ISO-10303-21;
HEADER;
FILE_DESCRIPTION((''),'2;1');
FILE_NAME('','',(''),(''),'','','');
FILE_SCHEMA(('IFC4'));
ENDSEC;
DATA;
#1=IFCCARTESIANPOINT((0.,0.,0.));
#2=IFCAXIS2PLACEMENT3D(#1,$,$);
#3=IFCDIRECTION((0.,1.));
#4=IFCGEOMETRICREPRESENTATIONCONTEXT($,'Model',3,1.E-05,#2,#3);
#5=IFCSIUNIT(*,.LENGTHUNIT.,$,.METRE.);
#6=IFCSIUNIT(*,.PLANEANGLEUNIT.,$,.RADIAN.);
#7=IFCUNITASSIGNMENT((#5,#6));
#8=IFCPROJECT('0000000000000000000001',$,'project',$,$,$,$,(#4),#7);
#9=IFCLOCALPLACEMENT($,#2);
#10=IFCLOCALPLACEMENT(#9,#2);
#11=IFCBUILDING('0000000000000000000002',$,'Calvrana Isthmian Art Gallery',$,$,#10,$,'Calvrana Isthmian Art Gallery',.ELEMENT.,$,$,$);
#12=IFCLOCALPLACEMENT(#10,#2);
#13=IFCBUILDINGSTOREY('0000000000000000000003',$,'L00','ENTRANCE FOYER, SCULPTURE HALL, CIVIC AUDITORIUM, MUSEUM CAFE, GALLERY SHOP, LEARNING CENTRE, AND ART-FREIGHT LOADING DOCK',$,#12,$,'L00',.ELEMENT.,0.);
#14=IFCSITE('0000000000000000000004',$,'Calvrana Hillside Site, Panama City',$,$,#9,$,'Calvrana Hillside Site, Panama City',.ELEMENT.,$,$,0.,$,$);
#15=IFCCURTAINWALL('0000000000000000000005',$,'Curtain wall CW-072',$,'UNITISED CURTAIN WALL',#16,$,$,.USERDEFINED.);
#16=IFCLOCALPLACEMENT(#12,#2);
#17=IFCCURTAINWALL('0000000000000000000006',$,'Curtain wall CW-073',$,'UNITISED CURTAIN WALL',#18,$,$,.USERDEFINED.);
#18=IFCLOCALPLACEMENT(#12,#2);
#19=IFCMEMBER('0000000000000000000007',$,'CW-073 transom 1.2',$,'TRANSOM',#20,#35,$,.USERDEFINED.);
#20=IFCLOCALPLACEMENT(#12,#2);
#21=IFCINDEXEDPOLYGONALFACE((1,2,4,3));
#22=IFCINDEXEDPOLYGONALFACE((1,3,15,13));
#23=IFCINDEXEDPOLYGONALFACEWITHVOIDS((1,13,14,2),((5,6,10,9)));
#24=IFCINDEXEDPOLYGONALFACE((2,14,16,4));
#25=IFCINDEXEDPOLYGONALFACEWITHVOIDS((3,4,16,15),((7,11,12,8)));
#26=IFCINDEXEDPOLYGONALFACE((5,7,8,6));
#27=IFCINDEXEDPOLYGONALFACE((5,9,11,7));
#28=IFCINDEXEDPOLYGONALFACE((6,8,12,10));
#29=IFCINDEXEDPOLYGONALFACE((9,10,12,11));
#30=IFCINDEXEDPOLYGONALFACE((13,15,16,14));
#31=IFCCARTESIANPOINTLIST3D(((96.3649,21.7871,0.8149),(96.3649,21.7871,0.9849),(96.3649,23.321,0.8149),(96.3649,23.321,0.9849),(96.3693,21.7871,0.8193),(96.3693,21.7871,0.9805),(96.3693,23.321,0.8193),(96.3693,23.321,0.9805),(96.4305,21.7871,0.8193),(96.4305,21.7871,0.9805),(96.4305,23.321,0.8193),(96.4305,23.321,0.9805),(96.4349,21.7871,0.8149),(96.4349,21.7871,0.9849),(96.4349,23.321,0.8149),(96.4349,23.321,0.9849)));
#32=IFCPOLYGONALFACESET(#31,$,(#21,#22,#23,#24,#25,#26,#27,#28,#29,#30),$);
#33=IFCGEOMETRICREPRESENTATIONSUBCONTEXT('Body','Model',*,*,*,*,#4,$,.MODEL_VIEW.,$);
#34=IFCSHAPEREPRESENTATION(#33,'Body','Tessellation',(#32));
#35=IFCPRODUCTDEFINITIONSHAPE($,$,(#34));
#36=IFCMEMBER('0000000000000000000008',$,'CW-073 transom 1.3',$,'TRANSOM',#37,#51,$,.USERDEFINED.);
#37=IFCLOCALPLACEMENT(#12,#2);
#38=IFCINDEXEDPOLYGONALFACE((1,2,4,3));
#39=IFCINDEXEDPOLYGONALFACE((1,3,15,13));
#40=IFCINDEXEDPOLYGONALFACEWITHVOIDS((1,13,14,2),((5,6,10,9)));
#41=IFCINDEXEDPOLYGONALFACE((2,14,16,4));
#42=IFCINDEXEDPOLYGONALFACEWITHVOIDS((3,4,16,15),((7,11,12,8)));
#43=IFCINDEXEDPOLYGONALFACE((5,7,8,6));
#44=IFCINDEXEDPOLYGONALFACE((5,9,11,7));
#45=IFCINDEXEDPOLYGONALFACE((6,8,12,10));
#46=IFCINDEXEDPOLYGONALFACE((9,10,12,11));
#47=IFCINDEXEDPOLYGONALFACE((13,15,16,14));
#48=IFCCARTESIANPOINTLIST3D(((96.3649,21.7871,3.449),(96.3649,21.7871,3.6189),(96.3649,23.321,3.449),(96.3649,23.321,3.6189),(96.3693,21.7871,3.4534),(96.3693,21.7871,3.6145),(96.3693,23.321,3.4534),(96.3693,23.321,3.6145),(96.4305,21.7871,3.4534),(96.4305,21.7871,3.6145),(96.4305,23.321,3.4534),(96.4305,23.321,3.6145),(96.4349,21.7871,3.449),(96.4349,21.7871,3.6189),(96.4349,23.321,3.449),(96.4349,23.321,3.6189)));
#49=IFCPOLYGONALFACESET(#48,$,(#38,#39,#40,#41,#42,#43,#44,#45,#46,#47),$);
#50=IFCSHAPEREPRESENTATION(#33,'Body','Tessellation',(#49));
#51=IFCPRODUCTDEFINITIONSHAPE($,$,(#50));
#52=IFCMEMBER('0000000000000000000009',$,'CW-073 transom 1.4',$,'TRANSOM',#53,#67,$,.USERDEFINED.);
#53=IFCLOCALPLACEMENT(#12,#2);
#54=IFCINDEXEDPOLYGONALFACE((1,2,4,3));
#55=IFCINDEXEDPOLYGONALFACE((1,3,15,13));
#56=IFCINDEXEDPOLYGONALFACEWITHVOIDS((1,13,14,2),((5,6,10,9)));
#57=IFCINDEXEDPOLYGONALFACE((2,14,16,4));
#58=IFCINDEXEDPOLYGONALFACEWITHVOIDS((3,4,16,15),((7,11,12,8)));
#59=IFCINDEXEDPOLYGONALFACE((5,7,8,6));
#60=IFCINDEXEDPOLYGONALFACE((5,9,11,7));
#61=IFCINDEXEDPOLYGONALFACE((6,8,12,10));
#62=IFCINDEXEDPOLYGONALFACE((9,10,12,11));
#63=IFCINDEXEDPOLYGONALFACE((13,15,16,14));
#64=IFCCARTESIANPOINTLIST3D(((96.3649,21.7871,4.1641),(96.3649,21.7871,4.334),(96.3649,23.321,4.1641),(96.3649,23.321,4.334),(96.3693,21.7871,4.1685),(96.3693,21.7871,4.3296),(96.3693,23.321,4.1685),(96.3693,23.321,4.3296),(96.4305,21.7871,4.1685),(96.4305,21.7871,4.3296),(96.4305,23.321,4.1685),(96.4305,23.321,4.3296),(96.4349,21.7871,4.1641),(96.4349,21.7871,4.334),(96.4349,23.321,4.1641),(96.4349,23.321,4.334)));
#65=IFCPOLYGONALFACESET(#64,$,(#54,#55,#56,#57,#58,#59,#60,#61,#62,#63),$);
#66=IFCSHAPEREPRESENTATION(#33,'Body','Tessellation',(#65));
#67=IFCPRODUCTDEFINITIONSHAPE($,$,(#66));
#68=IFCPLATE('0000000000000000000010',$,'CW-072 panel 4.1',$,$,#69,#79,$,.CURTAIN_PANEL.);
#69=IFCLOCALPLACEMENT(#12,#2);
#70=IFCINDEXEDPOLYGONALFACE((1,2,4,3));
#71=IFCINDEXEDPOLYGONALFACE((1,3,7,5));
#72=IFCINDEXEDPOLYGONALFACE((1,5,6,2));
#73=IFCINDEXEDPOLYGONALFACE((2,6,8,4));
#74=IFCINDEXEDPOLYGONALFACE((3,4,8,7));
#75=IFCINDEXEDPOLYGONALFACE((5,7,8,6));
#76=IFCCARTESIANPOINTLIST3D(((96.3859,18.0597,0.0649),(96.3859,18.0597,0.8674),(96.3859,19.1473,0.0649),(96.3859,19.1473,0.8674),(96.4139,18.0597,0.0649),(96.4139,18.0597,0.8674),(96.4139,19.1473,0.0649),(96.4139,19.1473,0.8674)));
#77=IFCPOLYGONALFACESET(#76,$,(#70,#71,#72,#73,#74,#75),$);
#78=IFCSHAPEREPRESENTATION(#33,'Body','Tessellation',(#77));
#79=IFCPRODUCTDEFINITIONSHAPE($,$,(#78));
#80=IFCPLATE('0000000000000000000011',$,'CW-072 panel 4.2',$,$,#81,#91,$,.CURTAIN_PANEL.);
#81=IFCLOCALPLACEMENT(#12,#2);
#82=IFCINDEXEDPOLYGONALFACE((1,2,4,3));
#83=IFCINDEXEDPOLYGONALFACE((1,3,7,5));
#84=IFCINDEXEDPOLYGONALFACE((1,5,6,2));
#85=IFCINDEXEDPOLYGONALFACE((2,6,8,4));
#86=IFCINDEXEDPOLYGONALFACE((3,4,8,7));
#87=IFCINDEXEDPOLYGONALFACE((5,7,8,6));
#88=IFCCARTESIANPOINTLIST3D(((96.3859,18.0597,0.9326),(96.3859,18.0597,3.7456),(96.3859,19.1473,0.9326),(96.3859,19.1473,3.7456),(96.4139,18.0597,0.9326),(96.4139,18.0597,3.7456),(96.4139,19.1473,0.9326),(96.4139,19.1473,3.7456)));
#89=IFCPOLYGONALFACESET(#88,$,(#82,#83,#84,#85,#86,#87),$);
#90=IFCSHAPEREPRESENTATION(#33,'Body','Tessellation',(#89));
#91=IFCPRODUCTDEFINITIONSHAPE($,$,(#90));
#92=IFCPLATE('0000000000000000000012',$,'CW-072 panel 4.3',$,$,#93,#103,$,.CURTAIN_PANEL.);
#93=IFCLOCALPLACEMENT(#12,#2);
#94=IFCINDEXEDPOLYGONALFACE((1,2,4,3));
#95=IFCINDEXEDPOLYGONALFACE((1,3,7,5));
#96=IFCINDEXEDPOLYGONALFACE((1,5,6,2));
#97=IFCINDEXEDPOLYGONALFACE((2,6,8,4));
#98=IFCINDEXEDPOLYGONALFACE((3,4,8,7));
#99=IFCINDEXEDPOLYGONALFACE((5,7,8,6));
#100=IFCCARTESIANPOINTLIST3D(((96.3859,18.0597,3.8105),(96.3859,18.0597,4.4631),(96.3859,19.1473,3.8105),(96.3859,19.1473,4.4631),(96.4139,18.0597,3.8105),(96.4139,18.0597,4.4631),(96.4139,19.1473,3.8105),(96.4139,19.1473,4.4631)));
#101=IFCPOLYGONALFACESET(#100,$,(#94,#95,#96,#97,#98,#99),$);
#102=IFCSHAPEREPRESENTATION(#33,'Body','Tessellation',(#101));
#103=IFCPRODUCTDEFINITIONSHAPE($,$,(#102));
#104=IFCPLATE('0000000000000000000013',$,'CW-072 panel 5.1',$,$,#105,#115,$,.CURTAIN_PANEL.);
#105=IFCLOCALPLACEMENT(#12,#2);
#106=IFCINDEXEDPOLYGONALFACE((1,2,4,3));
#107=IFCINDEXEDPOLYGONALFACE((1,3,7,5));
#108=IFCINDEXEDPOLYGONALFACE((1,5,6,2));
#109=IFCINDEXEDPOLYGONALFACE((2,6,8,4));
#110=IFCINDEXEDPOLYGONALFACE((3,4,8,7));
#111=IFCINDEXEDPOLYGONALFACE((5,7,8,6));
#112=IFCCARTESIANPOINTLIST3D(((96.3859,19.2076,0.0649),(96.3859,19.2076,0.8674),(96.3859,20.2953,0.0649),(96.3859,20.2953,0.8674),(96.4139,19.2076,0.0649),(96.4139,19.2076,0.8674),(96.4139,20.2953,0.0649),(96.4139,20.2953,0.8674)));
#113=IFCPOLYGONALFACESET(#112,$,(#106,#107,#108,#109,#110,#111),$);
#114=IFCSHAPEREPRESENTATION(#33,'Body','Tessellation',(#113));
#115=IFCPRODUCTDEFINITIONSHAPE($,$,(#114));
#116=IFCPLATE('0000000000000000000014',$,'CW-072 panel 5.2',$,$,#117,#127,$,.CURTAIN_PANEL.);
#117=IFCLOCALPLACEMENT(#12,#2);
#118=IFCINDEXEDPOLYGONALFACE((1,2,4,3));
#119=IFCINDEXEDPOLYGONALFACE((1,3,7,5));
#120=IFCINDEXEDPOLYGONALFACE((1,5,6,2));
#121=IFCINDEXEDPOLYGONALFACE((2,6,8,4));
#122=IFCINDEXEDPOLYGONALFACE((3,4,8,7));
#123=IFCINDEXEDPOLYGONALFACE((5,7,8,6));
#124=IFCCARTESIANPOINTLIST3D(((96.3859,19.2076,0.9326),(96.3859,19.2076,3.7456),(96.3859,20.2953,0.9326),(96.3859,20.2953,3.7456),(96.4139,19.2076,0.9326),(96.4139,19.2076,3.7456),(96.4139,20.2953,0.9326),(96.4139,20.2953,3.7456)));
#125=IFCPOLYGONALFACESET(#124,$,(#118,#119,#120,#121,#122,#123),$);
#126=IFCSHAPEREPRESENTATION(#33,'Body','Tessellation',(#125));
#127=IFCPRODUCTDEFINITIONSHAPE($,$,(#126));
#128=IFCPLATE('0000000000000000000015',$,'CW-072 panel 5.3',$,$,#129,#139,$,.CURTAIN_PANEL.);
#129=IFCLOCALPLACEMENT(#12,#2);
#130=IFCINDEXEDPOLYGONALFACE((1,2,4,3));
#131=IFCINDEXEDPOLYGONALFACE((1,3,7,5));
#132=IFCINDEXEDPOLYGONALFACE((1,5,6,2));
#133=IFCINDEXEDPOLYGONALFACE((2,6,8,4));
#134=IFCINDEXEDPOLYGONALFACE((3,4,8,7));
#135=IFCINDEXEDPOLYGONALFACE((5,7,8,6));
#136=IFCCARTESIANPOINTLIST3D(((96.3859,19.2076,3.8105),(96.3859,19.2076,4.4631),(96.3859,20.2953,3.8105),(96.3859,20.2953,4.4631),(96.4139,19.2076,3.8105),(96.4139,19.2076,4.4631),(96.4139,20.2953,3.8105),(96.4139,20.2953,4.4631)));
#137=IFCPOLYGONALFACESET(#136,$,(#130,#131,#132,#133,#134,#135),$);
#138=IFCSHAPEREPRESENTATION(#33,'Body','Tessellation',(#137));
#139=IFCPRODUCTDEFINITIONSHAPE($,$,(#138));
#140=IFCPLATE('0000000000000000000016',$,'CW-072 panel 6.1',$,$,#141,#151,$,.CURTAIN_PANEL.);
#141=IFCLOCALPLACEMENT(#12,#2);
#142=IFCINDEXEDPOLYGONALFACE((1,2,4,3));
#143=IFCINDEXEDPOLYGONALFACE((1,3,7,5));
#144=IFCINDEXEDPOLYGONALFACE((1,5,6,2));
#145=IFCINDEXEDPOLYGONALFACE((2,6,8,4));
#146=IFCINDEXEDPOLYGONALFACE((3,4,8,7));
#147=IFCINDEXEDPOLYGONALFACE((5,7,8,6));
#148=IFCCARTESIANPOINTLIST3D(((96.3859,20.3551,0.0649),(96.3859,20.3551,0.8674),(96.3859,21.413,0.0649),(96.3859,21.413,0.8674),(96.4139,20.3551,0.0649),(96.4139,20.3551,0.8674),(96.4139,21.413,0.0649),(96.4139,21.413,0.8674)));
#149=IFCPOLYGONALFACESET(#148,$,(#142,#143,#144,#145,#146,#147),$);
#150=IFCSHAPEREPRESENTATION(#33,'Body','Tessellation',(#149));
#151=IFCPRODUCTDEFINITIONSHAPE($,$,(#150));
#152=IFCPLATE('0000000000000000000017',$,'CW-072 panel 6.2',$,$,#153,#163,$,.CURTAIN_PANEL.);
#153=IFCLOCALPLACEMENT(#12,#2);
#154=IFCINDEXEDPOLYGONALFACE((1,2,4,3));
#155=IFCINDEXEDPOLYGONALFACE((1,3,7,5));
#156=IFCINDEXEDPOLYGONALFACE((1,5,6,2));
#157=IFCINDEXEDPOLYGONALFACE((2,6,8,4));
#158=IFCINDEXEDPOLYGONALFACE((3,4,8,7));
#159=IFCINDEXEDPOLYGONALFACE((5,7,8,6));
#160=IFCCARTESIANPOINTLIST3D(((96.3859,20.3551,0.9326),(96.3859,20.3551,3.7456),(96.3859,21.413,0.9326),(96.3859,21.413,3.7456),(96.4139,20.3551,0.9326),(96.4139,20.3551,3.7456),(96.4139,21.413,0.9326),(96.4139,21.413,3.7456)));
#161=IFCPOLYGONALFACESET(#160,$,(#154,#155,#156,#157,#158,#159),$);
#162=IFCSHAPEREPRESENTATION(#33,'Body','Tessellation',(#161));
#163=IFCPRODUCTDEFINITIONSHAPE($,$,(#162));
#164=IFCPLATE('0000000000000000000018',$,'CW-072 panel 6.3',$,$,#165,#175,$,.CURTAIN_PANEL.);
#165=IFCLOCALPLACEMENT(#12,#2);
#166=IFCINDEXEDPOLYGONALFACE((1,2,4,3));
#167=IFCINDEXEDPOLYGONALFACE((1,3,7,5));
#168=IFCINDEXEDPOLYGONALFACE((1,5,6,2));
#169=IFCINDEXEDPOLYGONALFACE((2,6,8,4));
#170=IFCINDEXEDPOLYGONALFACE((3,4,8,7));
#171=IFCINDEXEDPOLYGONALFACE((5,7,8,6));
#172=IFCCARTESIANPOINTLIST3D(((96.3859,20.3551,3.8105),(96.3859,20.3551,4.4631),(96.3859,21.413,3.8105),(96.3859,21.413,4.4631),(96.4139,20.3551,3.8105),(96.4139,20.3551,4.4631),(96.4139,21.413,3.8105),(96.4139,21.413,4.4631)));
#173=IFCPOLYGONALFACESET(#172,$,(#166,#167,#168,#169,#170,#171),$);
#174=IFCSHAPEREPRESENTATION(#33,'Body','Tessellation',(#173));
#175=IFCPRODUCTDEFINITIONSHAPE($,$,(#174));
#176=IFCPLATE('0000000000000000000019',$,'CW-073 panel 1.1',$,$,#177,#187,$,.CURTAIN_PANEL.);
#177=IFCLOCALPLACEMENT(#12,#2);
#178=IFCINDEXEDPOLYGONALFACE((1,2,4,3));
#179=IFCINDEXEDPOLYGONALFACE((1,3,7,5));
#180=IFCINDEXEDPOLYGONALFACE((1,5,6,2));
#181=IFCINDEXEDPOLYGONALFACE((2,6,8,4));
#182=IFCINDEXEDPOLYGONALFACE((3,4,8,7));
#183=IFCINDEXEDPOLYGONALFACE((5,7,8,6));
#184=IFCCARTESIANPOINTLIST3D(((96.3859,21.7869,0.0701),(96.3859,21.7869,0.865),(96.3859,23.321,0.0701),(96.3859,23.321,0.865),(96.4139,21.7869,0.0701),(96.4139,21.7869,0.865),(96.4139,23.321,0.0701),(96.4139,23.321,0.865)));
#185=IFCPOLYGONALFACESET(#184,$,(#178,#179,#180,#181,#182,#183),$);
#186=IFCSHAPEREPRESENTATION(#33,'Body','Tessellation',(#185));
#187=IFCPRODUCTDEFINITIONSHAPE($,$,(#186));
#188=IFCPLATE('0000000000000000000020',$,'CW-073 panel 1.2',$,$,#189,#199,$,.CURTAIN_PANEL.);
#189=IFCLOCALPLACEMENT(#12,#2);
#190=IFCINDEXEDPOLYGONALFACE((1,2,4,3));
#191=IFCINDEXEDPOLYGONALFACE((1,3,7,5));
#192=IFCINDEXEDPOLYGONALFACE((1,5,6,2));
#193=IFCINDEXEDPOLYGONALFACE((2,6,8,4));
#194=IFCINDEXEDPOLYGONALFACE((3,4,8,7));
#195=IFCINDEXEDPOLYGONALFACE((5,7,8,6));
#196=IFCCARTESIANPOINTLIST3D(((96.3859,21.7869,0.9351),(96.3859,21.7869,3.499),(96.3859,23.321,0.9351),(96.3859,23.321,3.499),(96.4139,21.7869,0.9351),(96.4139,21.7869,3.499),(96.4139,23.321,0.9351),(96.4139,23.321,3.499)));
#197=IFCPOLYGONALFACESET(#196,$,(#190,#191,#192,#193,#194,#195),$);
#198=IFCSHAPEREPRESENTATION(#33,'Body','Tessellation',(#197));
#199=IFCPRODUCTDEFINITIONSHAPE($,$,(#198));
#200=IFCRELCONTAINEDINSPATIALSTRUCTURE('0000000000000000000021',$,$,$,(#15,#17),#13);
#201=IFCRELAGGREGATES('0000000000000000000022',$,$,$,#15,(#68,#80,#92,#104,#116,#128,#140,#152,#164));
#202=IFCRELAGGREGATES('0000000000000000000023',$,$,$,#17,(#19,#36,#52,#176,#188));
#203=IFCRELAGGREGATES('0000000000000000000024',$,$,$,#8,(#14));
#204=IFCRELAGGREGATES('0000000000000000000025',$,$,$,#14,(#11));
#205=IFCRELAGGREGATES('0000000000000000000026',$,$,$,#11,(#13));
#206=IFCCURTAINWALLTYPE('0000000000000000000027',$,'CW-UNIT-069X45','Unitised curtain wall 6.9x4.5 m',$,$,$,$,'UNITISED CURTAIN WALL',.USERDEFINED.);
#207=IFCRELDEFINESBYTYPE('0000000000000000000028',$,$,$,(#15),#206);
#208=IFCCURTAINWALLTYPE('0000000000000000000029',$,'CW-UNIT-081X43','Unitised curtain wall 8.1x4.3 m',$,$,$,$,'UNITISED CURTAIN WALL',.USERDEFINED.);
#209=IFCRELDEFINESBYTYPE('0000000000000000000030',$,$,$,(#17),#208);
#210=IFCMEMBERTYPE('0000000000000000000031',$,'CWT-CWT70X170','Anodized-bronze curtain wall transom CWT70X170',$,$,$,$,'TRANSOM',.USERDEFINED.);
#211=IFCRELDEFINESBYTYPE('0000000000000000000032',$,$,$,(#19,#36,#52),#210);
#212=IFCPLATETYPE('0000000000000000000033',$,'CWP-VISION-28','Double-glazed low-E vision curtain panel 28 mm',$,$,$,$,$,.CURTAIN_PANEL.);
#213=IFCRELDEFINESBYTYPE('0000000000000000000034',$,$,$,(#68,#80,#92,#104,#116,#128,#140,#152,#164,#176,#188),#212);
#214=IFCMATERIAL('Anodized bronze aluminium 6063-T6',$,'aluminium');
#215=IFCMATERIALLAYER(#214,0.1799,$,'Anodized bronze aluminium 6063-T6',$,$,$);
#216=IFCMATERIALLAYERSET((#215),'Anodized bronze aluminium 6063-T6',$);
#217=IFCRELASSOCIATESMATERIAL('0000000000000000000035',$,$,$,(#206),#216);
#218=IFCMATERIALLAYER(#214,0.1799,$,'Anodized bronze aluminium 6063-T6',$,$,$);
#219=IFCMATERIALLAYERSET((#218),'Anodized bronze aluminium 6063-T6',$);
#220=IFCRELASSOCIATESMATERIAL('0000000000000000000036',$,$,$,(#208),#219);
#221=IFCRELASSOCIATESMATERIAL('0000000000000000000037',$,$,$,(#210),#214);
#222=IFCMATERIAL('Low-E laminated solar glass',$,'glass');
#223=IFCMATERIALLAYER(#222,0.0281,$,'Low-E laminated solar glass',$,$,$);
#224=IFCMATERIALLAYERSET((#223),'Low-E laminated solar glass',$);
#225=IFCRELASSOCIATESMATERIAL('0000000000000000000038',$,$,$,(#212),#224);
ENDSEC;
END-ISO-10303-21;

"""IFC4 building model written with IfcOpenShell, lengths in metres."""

from ifc_helpers import new_model, si_unit, direction, frame, origin, origin_2d, place, context, subcontext, project, spatial, rectangle, hollow_rectangle, extrude, material, layer, layer_set, material_profile, profile_set, type_object, element, aggregate, save


model = new_model("IFC4")

# Units and contexts
model_context = context("Model", 3, precision=1e-05, world=origin(), true_north=direction((0.0, 1.0)))
body_context = subcontext(model_context, "Body", "Model", "MODEL_VIEW")
ifc_project = project(units=[si_unit("LENGTHUNIT", "METRE"), si_unit("PLANEANGLEUNIT", "RADIAN")], contexts=[model_context])

# Site, building, storey
site_placement = place(None, origin())
site = spatial("IfcSite", under=ifc_project, at=site_placement, Name="Calvrana Hillside Site, Panama City", LongName="Calvrana Hillside Site, Panama City", CompositionType="ELEMENT", RefElevation=0.0)
building_placement = place(site_placement, origin())
building = spatial("IfcBuilding", under=site, at=building_placement, Name="Calvrana Isthmian Art Gallery", LongName="Calvrana Isthmian Art Gallery", CompositionType="ELEMENT")
storey_placement = place(building_placement, origin())
storey = spatial("IfcBuildingStorey", under=building, at=storey_placement, Name="L00", Description="ENTRANCE FOYER, SCULPTURE HALL, CIVIC AUDITORIUM, MUSEUM CAFE, GALLERY SHOP, LEARNING CENTRE, AND ART-FREIGHT LOADING DOCK", LongName="L00", CompositionType="ELEMENT", Elevation=0.0)

# Curtain wall
ifc_material_1 = material(Name="Anodized bronze aluminium 6063-T6", Category="aluminium")
ifc_layer_1 = layer(ifc_material_1, 0.1799, Name="Anodized bronze aluminium 6063-T6")
ifc_layer_set_1 = layer_set([ifc_layer_1], Name="Anodized bronze aluminium 6063-T6")
curtain_wall_type_1 = type_object("IfcCurtainWallType", Name="CW-UNIT-069X45", Description="Unitised curtain wall 6.9x4.5 m", ElementType="UNITISED CURTAIN WALL", PredefinedType="USERDEFINED", material=ifc_layer_set_1)
curtain_wall_1_placement = place(storey_placement, origin())
curtain_wall_1 = element("IfcCurtainWall", 1, at=curtain_wall_1_placement, inside=storey, type_object=curtain_wall_type_1, Name="Curtain wall CW-072", ObjectType="UNITISED CURTAIN WALL", PredefinedType="USERDEFINED")

# Curtain wall
ifc_layer_2 = layer(ifc_material_1, 0.1799, Name="Anodized bronze aluminium 6063-T6")
ifc_layer_set_2 = layer_set([ifc_layer_2], Name="Anodized bronze aluminium 6063-T6")
curtain_wall_type_2 = type_object("IfcCurtainWallType", Name="CW-UNIT-081X43", Description="Unitised curtain wall 8.1x4.3 m", ElementType="UNITISED CURTAIN WALL", PredefinedType="USERDEFINED", material=ifc_layer_set_2)
curtain_wall_2_placement = place(storey_placement, origin())
curtain_wall_2 = element("IfcCurtainWall", 2, at=curtain_wall_2_placement, inside=storey, type_object=curtain_wall_type_2, Name="Curtain wall CW-073", ObjectType="UNITISED CURTAIN WALL", PredefinedType="USERDEFINED")

# Members
ifc_material_profile_1 = material_profile(ifc_material_1, hollow_rectangle(XDim=0.0701, YDim=0.1699, WallThickness=0.0044, at=origin_2d()), Name="CWT70X170")
ifc_profile_set_1 = profile_set([ifc_material_profile_1], Name="Anodized bronze aluminium 6063-T6")
member_type_1 = type_object("IfcMemberType", Name="CWT-CWT70X170", Description="Anodized-bronze curtain wall transom CWT70X170", ElementType="TRANSOM", PredefinedType="USERDEFINED", material=ifc_profile_set_1)
member_1_placement = place(storey_placement, frame((96.3999, 21.7871, 0.8999), z_axis=(0.0, 1.0, 0.0), x_axis=(-1.0, 0.0, 0.0)))
member_1 = element("IfcMember", 3, at=member_1_placement, type_object=member_type_1, Name="CW-073 transom 1.2", ObjectType="TRANSOM", PredefinedType="USERDEFINED", context=body_context, shape_type="SweptSolid", body=[
    extrude(hollow_rectangle(XDim=0.0701, YDim=0.1699, WallThickness=0.0044, at=origin_2d()), origin(), (0.0, 0.0, 1.0), 1.5339),
])
member_2_placement = place(storey_placement, frame((96.3999, 21.7871, 3.5339), z_axis=(0.0, 1.0, 0.0), x_axis=(-1.0, 0.0, 0.0)))
member_2 = element("IfcMember", 4, at=member_2_placement, type_object=member_type_1, Name="CW-073 transom 1.3", ObjectType="TRANSOM", PredefinedType="USERDEFINED", context=body_context, shape_type="SweptSolid", body=[
    extrude(hollow_rectangle(XDim=0.0701, YDim=0.1699, WallThickness=0.0044, at=origin_2d()), origin(), (0.0, 0.0, 1.0), 1.5339),
])
member_3_placement = place(storey_placement, frame((96.3999, 21.7871, 4.249), z_axis=(0.0, 1.0, 0.0), x_axis=(-1.0, 0.0, 0.0)))
member_3 = element("IfcMember", 5, at=member_3_placement, type_object=member_type_1, Name="CW-073 transom 1.4", ObjectType="TRANSOM", PredefinedType="USERDEFINED", context=body_context, shape_type="SweptSolid", body=[
    extrude(hollow_rectangle(XDim=0.0701, YDim=0.1699, WallThickness=0.0044, at=origin_2d()), origin(), (0.0, 0.0, 1.0), 1.5339),
])

# Plates
ifc_material_2 = material(Name="Low-E laminated solar glass", Category="glass")
ifc_layer_3 = layer(ifc_material_2, 0.0281, Name="Low-E laminated solar glass")
ifc_layer_set_3 = layer_set([ifc_layer_3], Name="Low-E laminated solar glass")
plate_type_1 = type_object("IfcPlateType", Name="CWP-VISION-28", Description="Double-glazed low-E vision curtain panel 28 mm", PredefinedType="CURTAIN_PANEL", material=ifc_layer_set_3)
plate_1_placement = place(storey_placement, frame((96.3999, 18.6035, 0.0649), z_axis=(0.0, 0.0, 1.0), x_axis=(0.0, 1.0, 0.0)))
plate_1 = element("IfcPlate", 6, at=plate_1_placement, type_object=plate_type_1, Name="CW-072 panel 4.1", PredefinedType="CURTAIN_PANEL", context=body_context, shape_type="SweptSolid", body=[
    extrude(rectangle(XDim=1.0876, YDim=0.0281, at=origin_2d()), origin(), (0.0, 0.0, 1.0), 0.8025),
])
plate_2_placement = place(storey_placement, frame((96.3999, 18.6035, 0.9326), z_axis=(0.0, 0.0, 1.0), x_axis=(0.0, 1.0, 0.0)))
plate_2 = element("IfcPlate", 7, at=plate_2_placement, type_object=plate_type_1, Name="CW-072 panel 4.2", PredefinedType="CURTAIN_PANEL", context=body_context, shape_type="SweptSolid", body=[
    extrude(rectangle(XDim=1.0876, YDim=0.0281, at=origin_2d()), origin(), (0.0, 0.0, 1.0), 2.813),
])
plate_3_placement = place(storey_placement, frame((96.3999, 18.6035, 3.8105), z_axis=(0.0, 0.0, 1.0), x_axis=(0.0, 1.0, 0.0)))
plate_3 = element("IfcPlate", 8, at=plate_3_placement, type_object=plate_type_1, Name="CW-072 panel 4.3", PredefinedType="CURTAIN_PANEL", context=body_context, shape_type="SweptSolid", body=[
    extrude(rectangle(XDim=1.0876, YDim=0.0281, at=origin_2d()), origin(), (0.0, 0.0, 1.0), 0.6526),
])
plate_4_placement = place(storey_placement, frame((96.3999, 19.7515, 0.0649), z_axis=(0.0, 0.0, 1.0), x_axis=(0.0, 1.0, 0.0)))
plate_4 = element("IfcPlate", 9, at=plate_4_placement, type_object=plate_type_1, Name="CW-072 panel 5.1", PredefinedType="CURTAIN_PANEL", context=body_context, shape_type="SweptSolid", body=[
    extrude(rectangle(XDim=1.0876, YDim=0.0281, at=origin_2d()), origin(), (0.0, 0.0, 1.0), 0.8025),
])
plate_5_placement = place(storey_placement, frame((96.3999, 19.7515, 0.9326), z_axis=(0.0, 0.0, 1.0), x_axis=(0.0, 1.0, 0.0)))
plate_5 = element("IfcPlate", 10, at=plate_5_placement, type_object=plate_type_1, Name="CW-072 panel 5.2", PredefinedType="CURTAIN_PANEL", context=body_context, shape_type="SweptSolid", body=[
    extrude(rectangle(XDim=1.0876, YDim=0.0281, at=origin_2d()), origin(), (0.0, 0.0, 1.0), 2.813),
])
plate_6_placement = place(storey_placement, frame((96.3999, 19.7515, 3.8105), z_axis=(0.0, 0.0, 1.0), x_axis=(0.0, 1.0, 0.0)))
plate_6 = element("IfcPlate", 11, at=plate_6_placement, type_object=plate_type_1, Name="CW-072 panel 5.3", PredefinedType="CURTAIN_PANEL", context=body_context, shape_type="SweptSolid", body=[
    extrude(rectangle(XDim=1.0876, YDim=0.0281, at=origin_2d()), origin(), (0.0, 0.0, 1.0), 0.6526),
])
plate_7_placement = place(storey_placement, frame((96.3999, 20.884, 0.0649), z_axis=(0.0, 0.0, 1.0), x_axis=(0.0, 1.0, 0.0)))
plate_7 = element("IfcPlate", 12, at=plate_7_placement, type_object=plate_type_1, Name="CW-072 panel 6.1", PredefinedType="CURTAIN_PANEL", context=body_context, shape_type="SweptSolid", body=[
    extrude(rectangle(XDim=1.0579, YDim=0.0281, at=origin_2d()), origin(), (0.0, 0.0, 1.0), 0.8025),
])
plate_8_placement = place(storey_placement, frame((96.3999, 20.884, 0.9326), z_axis=(0.0, 0.0, 1.0), x_axis=(0.0, 1.0, 0.0)))
plate_8 = element("IfcPlate", 13, at=plate_8_placement, type_object=plate_type_1, Name="CW-072 panel 6.2", PredefinedType="CURTAIN_PANEL", context=body_context, shape_type="SweptSolid", body=[
    extrude(rectangle(XDim=1.0579, YDim=0.0281, at=origin_2d()), origin(), (0.0, 0.0, 1.0), 2.813),
])
plate_9_placement = place(storey_placement, frame((96.3999, 20.884, 3.8105), z_axis=(0.0, 0.0, 1.0), x_axis=(0.0, 1.0, 0.0)))
plate_9 = element("IfcPlate", 14, at=plate_9_placement, type_object=plate_type_1, Name="CW-072 panel 6.3", PredefinedType="CURTAIN_PANEL", context=body_context, shape_type="SweptSolid", body=[
    extrude(rectangle(XDim=1.0579, YDim=0.0281, at=origin_2d()), origin(), (0.0, 0.0, 1.0), 0.6526),
])
aggregate(curtain_wall_1, [plate_1, plate_2, plate_3, plate_4, plate_5, plate_6, plate_7, plate_8, plate_9])
plate_10_placement = place(storey_placement, frame((96.3999, 22.554, 0.0701), z_axis=(0.0, 0.0, 1.0), x_axis=(0.0, 1.0, 0.0)))
plate_10 = element("IfcPlate", 15, at=plate_10_placement, type_object=plate_type_1, Name="CW-073 panel 1.1", PredefinedType="CURTAIN_PANEL", context=body_context, shape_type="SweptSolid", body=[
    extrude(rectangle(XDim=1.5342, YDim=0.0281, at=origin_2d()), origin(), (0.0, 0.0, 1.0), 0.7949),
])
plate_11_placement = place(storey_placement, frame((96.3999, 22.554, 0.9351), z_axis=(0.0, 0.0, 1.0), x_axis=(0.0, 1.0, 0.0)))
plate_11 = element("IfcPlate", 16, at=plate_11_placement, type_object=plate_type_1, Name="CW-073 panel 1.2", PredefinedType="CURTAIN_PANEL", context=body_context, shape_type="SweptSolid", body=[
    extrude(rectangle(XDim=1.5342, YDim=0.0281, at=origin_2d()), origin(), (0.0, 0.0, 1.0), 2.564),
])
aggregate(curtain_wall_2, [member_1, member_2, member_3, plate_10, plate_11])

save(model, "model.ifc")
